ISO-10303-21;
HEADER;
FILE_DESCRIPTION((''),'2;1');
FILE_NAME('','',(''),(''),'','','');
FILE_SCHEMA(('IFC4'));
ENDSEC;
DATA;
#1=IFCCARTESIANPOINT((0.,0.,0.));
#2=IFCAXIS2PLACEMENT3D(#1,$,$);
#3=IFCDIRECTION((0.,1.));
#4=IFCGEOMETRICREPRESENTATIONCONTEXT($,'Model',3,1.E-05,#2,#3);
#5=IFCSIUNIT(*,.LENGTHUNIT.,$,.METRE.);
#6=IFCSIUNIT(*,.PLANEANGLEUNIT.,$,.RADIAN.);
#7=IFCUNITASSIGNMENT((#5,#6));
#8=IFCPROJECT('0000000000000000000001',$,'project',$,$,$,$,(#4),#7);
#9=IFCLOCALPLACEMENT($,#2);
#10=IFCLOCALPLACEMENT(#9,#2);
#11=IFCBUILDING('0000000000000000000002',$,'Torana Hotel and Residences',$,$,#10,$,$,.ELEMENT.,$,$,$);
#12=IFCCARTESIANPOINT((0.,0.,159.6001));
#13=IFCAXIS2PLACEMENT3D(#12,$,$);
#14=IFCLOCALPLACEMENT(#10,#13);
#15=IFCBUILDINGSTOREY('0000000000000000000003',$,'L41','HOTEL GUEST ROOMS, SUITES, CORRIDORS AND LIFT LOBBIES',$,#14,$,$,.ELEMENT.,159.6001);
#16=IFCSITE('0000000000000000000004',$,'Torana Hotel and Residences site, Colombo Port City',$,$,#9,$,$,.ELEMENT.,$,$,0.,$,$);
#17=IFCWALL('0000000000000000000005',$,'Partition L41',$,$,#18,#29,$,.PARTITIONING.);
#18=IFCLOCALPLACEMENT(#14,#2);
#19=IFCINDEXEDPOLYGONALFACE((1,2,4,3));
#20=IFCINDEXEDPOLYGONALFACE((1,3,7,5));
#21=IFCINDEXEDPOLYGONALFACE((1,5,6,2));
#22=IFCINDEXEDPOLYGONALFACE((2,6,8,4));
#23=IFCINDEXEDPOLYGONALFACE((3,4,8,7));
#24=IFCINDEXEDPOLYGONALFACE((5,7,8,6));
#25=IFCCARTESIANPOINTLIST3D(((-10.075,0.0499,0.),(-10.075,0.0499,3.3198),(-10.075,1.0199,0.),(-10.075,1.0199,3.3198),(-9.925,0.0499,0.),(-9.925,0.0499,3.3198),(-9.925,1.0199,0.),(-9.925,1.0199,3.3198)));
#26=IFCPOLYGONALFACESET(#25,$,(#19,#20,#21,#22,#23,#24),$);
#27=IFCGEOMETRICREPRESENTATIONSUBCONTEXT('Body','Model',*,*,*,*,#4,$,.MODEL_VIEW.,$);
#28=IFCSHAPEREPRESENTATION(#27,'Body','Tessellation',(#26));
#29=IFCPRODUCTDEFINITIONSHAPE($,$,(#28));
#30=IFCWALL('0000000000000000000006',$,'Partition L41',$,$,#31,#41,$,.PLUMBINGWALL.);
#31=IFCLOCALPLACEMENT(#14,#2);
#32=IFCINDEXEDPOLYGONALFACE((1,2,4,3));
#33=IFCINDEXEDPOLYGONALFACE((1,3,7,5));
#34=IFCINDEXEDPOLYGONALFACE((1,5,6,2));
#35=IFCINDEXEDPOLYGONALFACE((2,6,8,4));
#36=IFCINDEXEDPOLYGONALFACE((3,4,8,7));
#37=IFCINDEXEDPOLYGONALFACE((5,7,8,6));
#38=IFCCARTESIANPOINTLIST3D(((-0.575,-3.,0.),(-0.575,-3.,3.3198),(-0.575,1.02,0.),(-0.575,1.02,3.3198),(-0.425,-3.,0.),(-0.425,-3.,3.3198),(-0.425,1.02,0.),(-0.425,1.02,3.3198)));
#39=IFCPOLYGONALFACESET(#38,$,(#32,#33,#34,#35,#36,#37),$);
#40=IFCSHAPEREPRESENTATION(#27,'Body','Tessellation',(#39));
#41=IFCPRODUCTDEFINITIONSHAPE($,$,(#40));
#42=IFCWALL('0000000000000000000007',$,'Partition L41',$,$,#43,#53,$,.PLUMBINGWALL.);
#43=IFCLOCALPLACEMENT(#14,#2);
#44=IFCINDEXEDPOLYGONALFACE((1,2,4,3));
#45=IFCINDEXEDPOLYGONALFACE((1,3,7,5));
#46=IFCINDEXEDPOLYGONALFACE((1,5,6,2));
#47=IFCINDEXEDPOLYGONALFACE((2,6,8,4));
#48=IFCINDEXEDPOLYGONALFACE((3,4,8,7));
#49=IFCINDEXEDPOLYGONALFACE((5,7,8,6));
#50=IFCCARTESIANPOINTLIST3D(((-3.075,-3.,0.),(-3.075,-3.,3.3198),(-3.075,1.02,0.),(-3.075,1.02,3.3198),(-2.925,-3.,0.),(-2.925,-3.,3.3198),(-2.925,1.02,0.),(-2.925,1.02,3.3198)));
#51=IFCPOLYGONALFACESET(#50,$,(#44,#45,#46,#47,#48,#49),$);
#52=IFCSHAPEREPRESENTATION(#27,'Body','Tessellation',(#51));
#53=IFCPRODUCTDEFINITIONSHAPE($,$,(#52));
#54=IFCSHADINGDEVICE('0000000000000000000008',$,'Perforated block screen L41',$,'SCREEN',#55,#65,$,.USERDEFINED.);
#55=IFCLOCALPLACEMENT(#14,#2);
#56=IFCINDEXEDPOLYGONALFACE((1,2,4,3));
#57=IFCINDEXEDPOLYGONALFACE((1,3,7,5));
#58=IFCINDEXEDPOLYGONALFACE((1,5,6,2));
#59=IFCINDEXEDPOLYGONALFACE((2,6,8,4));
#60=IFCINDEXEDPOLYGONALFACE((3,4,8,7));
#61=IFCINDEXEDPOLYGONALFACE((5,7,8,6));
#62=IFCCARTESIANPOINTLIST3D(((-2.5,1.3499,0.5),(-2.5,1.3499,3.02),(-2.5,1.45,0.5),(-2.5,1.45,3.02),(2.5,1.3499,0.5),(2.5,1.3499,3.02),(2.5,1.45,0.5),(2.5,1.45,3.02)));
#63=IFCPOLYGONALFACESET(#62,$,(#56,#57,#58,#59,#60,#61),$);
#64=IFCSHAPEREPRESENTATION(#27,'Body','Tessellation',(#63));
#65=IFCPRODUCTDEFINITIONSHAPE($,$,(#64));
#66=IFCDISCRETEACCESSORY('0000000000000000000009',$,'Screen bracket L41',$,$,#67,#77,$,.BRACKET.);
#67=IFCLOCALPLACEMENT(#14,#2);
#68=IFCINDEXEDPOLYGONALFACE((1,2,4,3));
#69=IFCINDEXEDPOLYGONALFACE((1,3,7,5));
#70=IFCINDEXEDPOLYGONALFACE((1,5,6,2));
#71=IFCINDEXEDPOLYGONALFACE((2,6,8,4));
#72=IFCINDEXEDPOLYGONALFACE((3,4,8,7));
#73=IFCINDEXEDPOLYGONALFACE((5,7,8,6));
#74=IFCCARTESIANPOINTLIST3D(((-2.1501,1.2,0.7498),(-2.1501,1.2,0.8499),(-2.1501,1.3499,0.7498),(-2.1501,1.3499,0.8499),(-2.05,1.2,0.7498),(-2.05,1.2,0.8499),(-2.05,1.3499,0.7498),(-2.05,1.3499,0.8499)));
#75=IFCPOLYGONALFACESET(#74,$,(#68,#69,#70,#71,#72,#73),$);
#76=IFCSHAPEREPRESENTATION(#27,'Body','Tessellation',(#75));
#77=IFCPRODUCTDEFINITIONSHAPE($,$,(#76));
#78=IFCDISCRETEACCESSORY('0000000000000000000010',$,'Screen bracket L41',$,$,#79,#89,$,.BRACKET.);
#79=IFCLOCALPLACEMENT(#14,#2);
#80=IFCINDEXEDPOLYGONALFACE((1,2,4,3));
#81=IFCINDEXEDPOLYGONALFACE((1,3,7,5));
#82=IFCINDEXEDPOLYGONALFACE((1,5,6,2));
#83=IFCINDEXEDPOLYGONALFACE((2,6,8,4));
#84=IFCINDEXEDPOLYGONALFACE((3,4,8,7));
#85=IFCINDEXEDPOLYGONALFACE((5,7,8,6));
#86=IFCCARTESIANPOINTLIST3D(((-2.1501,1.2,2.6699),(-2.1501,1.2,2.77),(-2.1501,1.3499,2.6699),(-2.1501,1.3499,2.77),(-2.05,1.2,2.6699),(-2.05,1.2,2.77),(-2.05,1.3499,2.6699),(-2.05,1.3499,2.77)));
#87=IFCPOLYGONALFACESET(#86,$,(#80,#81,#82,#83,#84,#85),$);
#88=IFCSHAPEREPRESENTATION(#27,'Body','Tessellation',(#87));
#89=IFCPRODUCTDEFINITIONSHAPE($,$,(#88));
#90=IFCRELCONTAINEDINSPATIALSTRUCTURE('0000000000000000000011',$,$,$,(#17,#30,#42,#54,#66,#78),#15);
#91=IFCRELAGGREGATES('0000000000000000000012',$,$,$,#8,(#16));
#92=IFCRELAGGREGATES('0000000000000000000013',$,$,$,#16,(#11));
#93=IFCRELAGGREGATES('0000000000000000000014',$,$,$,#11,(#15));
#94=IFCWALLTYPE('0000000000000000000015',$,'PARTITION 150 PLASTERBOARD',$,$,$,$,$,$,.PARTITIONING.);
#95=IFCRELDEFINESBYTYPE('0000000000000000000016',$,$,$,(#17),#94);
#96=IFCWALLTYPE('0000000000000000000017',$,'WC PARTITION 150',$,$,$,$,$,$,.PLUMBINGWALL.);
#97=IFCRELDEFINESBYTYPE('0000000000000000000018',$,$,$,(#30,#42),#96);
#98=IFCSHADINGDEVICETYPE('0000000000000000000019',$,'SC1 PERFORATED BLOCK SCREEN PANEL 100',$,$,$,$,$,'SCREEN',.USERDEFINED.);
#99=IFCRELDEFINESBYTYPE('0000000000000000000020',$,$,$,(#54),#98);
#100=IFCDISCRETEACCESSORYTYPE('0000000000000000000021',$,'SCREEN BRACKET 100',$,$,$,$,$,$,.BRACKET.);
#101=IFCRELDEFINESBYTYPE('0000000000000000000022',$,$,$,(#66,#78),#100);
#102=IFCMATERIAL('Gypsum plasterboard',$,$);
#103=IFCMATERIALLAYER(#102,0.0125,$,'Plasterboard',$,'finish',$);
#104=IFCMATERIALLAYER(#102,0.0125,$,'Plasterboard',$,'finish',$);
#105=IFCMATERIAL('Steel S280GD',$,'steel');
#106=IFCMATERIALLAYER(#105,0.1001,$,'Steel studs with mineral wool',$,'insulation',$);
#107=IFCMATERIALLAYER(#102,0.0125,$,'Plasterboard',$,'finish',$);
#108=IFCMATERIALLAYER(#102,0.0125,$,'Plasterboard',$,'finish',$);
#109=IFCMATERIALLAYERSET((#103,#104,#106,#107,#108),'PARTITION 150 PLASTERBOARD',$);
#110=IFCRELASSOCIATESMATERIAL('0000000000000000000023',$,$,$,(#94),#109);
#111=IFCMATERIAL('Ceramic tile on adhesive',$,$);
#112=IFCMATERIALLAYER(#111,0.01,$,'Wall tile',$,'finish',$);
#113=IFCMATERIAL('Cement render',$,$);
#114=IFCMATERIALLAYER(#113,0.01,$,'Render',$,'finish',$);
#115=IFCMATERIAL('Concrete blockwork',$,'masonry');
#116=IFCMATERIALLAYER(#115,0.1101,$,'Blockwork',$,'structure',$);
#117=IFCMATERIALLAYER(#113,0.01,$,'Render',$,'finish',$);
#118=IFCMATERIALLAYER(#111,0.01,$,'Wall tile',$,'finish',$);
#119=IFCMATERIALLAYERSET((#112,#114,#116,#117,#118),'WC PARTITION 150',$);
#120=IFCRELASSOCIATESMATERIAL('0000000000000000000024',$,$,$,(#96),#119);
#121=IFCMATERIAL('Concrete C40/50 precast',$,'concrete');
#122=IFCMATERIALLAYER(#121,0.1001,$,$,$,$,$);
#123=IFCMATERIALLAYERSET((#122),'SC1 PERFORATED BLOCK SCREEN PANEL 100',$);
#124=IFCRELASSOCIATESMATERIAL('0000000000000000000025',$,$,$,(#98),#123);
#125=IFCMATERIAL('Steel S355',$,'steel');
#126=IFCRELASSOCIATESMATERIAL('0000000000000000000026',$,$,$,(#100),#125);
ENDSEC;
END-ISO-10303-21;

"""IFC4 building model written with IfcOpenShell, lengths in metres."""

from ifc_helpers import new_model, si_unit, direction, frame, frame_2d, origin, origin_2d, place, context, subcontext, project, spatial, rectangle, extrude, material, layer, layer_set, type_object, element, save


model = new_model("IFC4")

# Units and contexts
model_context = context("Model", 3, precision=1e-05, world=origin(), true_north=direction((0.0, 1.0)))
body_context = subcontext(model_context, "Body", "Model", "MODEL_VIEW")
ifc_project = project(units=[si_unit("LENGTHUNIT", "METRE"), si_unit("PLANEANGLEUNIT", "RADIAN")], contexts=[model_context])

# Site, building, storey
site_placement = place(None, origin())
site = spatial("IfcSite", under=ifc_project, at=site_placement, Name="Torana Hotel and Residences site, Colombo Port City", CompositionType="ELEMENT", RefElevation=0.0)
building_placement = place(site_placement, origin())
building = spatial("IfcBuilding", under=site, at=building_placement, Name="Torana Hotel and Residences", CompositionType="ELEMENT")
storey_placement = place(building_placement, frame((0.0, 0.0, 159.6001)))
storey = spatial("IfcBuildingStorey", under=building, at=storey_placement, Name="L41", Description="HOTEL GUEST ROOMS, SUITES, CORRIDORS AND LIFT LOBBIES", CompositionType="ELEMENT", Elevation=159.6001)

# Walls
ifc_material_1 = material(Name="Concrete blockwork", Category="masonry")
ifc_material_2 = material(Name="Gypsum plasterboard")
ifc_layer_1 = layer(ifc_material_2, 0.0125, Name="Plasterboard", Category="finish")
ifc_layer_2 = layer(ifc_material_2, 0.0125, Name="Plasterboard", Category="finish")
ifc_material_3 = material(Name="Steel S280GD", Category="steel")
ifc_layer_3 = layer(ifc_material_3, 0.1001, Name="Steel studs with mineral wool", Category="insulation")
ifc_layer_4 = layer(ifc_material_2, 0.0125, Name="Plasterboard", Category="finish")
ifc_layer_5 = layer(ifc_material_2, 0.0125, Name="Plasterboard", Category="finish")
ifc_layer_set_1 = layer_set([ifc_layer_1, ifc_layer_2, ifc_layer_3, ifc_layer_4, ifc_layer_5], Name="PARTITION 150 PLASTERBOARD")
wall_type_1 = type_object("IfcWallType", Name="PARTITION 150 PLASTERBOARD", PredefinedType="PARTITIONING", material=ifc_layer_set_1)
wall_1_placement = place(storey_placement, frame((-10.0, 0.05, 0.0), z_axis=(0.0, 0.0, 1.0), x_axis=(0.0, 1.0, 0.0)))
element("IfcWall", 1, at=wall_1_placement, inside=storey, type_object=wall_type_1, Name="Partition L41", PredefinedType="PARTITIONING", context=body_context, shape_type="SweptSolid", body=[
    extrude(rectangle(XDim=0.97, YDim=0.1499, at=frame_2d((0.4849, 0.0))), origin(), (0.0, 0.0, 1.0), 3.3198),
])
ifc_material_4 = material(Name="Ceramic tile on adhesive")
ifc_layer_6 = layer(ifc_material_4, 0.01, Name="Wall tile", Category="finish")
ifc_material_5 = material(Name="Cement render")
ifc_layer_7 = layer(ifc_material_5, 0.01, Name="Render", Category="finish")
ifc_layer_8 = layer(ifc_material_1, 0.1101, Name="Blockwork", Category="structure")
ifc_layer_9 = layer(ifc_material_5, 0.01, Name="Render", Category="finish")
ifc_layer_10 = layer(ifc_material_4, 0.01, Name="Wall tile", Category="finish")
ifc_layer_set_2 = layer_set([ifc_layer_6, ifc_layer_7, ifc_layer_8, ifc_layer_9, ifc_layer_10], Name="WC PARTITION 150")
wall_type_2 = type_object("IfcWallType", Name="WC PARTITION 150", PredefinedType="PLUMBINGWALL", material=ifc_layer_set_2)
for number, where, z_axis, x_axis, name in (
    (2, (-0.5, -3.0, 0.0), (0.0, 0.0, 1.0), (0.0, 1.0, 0.0), "Partition L41"),
    (3, (-3.0, -3.0, 0.0), (0.0, 0.0, 1.0), (0.0, 1.0, 0.0), "Partition L41"),
):
    element("IfcWall", number, at=place(storey_placement, frame(where, z_axis=z_axis, x_axis=x_axis)), inside=storey, type_object=wall_type_2, Name=name, PredefinedType="PLUMBINGWALL", context=body_context, shape_type="SweptSolid", body=[
        extrude(rectangle(XDim=4.02, YDim=0.1499, at=frame_2d((2.01, 0.0))), origin(), (0.0, 0.0, 1.0), 3.3198),
    ])

# Shading device
ifc_material_6 = material(Name="Concrete C40/50 precast", Category="concrete")
ifc_layer_11 = layer(ifc_material_6, 0.1001)
ifc_layer_set_3 = layer_set([ifc_layer_11], Name="SC1 PERFORATED BLOCK SCREEN PANEL 100")
shading_device_type = type_object("IfcShadingDeviceType", Name="SC1 PERFORATED BLOCK SCREEN PANEL 100", ElementType="SCREEN", PredefinedType="USERDEFINED", material=ifc_layer_set_3)
shading_device_placement = place(storey_placement, frame((0.0, 1.3999, 0.5), z_axis=(0.0, 0.0, 1.0), x_axis=(-1.0, 0.0, 0.0)))
element("IfcShadingDevice", 4, at=shading_device_placement, inside=storey, type_object=shading_device_type, Name="Perforated block screen L41", ObjectType="SCREEN", PredefinedType="USERDEFINED", context=body_context, shape_type="SweptSolid", body=[
    extrude(rectangle(XDim=5.0, YDim=0.1001, at=origin_2d()), origin(), (0.0, 0.0, 1.0), 2.52),
])

# Discrete accessories
ifc_material_7 = material(Name="Steel S355", Category="steel")
discrete_accessory_type = type_object("IfcDiscreteAccessoryType", Name="SCREEN BRACKET 100", PredefinedType="BRACKET", material=ifc_material_7)
for number, where, z_axis, x_axis, name in (
    (5, (-2.1001, 1.2749, 0.7498), (0.0, 0.0, 1.0), (-1.0, 0.0, 0.0), "Screen bracket L41"),
    (6, (-2.1001, 1.2749, 2.6699), (0.0, 0.0, 1.0), (-1.0, 0.0, 0.0), "Screen bracket L41"),
):
    element("IfcDiscreteAccessory", number, at=place(storey_placement, frame(where, z_axis=z_axis, x_axis=x_axis)), inside=storey, type_object=discrete_accessory_type, Name=name, PredefinedType="BRACKET", context=body_context, shape_type="SweptSolid", body=[
        extrude(rectangle(XDim=0.1001, YDim=0.1499, at=origin_2d()), origin(), (0.0, 0.0, 1.0), 0.1001),
    ])

save(model, "model.ifc")
